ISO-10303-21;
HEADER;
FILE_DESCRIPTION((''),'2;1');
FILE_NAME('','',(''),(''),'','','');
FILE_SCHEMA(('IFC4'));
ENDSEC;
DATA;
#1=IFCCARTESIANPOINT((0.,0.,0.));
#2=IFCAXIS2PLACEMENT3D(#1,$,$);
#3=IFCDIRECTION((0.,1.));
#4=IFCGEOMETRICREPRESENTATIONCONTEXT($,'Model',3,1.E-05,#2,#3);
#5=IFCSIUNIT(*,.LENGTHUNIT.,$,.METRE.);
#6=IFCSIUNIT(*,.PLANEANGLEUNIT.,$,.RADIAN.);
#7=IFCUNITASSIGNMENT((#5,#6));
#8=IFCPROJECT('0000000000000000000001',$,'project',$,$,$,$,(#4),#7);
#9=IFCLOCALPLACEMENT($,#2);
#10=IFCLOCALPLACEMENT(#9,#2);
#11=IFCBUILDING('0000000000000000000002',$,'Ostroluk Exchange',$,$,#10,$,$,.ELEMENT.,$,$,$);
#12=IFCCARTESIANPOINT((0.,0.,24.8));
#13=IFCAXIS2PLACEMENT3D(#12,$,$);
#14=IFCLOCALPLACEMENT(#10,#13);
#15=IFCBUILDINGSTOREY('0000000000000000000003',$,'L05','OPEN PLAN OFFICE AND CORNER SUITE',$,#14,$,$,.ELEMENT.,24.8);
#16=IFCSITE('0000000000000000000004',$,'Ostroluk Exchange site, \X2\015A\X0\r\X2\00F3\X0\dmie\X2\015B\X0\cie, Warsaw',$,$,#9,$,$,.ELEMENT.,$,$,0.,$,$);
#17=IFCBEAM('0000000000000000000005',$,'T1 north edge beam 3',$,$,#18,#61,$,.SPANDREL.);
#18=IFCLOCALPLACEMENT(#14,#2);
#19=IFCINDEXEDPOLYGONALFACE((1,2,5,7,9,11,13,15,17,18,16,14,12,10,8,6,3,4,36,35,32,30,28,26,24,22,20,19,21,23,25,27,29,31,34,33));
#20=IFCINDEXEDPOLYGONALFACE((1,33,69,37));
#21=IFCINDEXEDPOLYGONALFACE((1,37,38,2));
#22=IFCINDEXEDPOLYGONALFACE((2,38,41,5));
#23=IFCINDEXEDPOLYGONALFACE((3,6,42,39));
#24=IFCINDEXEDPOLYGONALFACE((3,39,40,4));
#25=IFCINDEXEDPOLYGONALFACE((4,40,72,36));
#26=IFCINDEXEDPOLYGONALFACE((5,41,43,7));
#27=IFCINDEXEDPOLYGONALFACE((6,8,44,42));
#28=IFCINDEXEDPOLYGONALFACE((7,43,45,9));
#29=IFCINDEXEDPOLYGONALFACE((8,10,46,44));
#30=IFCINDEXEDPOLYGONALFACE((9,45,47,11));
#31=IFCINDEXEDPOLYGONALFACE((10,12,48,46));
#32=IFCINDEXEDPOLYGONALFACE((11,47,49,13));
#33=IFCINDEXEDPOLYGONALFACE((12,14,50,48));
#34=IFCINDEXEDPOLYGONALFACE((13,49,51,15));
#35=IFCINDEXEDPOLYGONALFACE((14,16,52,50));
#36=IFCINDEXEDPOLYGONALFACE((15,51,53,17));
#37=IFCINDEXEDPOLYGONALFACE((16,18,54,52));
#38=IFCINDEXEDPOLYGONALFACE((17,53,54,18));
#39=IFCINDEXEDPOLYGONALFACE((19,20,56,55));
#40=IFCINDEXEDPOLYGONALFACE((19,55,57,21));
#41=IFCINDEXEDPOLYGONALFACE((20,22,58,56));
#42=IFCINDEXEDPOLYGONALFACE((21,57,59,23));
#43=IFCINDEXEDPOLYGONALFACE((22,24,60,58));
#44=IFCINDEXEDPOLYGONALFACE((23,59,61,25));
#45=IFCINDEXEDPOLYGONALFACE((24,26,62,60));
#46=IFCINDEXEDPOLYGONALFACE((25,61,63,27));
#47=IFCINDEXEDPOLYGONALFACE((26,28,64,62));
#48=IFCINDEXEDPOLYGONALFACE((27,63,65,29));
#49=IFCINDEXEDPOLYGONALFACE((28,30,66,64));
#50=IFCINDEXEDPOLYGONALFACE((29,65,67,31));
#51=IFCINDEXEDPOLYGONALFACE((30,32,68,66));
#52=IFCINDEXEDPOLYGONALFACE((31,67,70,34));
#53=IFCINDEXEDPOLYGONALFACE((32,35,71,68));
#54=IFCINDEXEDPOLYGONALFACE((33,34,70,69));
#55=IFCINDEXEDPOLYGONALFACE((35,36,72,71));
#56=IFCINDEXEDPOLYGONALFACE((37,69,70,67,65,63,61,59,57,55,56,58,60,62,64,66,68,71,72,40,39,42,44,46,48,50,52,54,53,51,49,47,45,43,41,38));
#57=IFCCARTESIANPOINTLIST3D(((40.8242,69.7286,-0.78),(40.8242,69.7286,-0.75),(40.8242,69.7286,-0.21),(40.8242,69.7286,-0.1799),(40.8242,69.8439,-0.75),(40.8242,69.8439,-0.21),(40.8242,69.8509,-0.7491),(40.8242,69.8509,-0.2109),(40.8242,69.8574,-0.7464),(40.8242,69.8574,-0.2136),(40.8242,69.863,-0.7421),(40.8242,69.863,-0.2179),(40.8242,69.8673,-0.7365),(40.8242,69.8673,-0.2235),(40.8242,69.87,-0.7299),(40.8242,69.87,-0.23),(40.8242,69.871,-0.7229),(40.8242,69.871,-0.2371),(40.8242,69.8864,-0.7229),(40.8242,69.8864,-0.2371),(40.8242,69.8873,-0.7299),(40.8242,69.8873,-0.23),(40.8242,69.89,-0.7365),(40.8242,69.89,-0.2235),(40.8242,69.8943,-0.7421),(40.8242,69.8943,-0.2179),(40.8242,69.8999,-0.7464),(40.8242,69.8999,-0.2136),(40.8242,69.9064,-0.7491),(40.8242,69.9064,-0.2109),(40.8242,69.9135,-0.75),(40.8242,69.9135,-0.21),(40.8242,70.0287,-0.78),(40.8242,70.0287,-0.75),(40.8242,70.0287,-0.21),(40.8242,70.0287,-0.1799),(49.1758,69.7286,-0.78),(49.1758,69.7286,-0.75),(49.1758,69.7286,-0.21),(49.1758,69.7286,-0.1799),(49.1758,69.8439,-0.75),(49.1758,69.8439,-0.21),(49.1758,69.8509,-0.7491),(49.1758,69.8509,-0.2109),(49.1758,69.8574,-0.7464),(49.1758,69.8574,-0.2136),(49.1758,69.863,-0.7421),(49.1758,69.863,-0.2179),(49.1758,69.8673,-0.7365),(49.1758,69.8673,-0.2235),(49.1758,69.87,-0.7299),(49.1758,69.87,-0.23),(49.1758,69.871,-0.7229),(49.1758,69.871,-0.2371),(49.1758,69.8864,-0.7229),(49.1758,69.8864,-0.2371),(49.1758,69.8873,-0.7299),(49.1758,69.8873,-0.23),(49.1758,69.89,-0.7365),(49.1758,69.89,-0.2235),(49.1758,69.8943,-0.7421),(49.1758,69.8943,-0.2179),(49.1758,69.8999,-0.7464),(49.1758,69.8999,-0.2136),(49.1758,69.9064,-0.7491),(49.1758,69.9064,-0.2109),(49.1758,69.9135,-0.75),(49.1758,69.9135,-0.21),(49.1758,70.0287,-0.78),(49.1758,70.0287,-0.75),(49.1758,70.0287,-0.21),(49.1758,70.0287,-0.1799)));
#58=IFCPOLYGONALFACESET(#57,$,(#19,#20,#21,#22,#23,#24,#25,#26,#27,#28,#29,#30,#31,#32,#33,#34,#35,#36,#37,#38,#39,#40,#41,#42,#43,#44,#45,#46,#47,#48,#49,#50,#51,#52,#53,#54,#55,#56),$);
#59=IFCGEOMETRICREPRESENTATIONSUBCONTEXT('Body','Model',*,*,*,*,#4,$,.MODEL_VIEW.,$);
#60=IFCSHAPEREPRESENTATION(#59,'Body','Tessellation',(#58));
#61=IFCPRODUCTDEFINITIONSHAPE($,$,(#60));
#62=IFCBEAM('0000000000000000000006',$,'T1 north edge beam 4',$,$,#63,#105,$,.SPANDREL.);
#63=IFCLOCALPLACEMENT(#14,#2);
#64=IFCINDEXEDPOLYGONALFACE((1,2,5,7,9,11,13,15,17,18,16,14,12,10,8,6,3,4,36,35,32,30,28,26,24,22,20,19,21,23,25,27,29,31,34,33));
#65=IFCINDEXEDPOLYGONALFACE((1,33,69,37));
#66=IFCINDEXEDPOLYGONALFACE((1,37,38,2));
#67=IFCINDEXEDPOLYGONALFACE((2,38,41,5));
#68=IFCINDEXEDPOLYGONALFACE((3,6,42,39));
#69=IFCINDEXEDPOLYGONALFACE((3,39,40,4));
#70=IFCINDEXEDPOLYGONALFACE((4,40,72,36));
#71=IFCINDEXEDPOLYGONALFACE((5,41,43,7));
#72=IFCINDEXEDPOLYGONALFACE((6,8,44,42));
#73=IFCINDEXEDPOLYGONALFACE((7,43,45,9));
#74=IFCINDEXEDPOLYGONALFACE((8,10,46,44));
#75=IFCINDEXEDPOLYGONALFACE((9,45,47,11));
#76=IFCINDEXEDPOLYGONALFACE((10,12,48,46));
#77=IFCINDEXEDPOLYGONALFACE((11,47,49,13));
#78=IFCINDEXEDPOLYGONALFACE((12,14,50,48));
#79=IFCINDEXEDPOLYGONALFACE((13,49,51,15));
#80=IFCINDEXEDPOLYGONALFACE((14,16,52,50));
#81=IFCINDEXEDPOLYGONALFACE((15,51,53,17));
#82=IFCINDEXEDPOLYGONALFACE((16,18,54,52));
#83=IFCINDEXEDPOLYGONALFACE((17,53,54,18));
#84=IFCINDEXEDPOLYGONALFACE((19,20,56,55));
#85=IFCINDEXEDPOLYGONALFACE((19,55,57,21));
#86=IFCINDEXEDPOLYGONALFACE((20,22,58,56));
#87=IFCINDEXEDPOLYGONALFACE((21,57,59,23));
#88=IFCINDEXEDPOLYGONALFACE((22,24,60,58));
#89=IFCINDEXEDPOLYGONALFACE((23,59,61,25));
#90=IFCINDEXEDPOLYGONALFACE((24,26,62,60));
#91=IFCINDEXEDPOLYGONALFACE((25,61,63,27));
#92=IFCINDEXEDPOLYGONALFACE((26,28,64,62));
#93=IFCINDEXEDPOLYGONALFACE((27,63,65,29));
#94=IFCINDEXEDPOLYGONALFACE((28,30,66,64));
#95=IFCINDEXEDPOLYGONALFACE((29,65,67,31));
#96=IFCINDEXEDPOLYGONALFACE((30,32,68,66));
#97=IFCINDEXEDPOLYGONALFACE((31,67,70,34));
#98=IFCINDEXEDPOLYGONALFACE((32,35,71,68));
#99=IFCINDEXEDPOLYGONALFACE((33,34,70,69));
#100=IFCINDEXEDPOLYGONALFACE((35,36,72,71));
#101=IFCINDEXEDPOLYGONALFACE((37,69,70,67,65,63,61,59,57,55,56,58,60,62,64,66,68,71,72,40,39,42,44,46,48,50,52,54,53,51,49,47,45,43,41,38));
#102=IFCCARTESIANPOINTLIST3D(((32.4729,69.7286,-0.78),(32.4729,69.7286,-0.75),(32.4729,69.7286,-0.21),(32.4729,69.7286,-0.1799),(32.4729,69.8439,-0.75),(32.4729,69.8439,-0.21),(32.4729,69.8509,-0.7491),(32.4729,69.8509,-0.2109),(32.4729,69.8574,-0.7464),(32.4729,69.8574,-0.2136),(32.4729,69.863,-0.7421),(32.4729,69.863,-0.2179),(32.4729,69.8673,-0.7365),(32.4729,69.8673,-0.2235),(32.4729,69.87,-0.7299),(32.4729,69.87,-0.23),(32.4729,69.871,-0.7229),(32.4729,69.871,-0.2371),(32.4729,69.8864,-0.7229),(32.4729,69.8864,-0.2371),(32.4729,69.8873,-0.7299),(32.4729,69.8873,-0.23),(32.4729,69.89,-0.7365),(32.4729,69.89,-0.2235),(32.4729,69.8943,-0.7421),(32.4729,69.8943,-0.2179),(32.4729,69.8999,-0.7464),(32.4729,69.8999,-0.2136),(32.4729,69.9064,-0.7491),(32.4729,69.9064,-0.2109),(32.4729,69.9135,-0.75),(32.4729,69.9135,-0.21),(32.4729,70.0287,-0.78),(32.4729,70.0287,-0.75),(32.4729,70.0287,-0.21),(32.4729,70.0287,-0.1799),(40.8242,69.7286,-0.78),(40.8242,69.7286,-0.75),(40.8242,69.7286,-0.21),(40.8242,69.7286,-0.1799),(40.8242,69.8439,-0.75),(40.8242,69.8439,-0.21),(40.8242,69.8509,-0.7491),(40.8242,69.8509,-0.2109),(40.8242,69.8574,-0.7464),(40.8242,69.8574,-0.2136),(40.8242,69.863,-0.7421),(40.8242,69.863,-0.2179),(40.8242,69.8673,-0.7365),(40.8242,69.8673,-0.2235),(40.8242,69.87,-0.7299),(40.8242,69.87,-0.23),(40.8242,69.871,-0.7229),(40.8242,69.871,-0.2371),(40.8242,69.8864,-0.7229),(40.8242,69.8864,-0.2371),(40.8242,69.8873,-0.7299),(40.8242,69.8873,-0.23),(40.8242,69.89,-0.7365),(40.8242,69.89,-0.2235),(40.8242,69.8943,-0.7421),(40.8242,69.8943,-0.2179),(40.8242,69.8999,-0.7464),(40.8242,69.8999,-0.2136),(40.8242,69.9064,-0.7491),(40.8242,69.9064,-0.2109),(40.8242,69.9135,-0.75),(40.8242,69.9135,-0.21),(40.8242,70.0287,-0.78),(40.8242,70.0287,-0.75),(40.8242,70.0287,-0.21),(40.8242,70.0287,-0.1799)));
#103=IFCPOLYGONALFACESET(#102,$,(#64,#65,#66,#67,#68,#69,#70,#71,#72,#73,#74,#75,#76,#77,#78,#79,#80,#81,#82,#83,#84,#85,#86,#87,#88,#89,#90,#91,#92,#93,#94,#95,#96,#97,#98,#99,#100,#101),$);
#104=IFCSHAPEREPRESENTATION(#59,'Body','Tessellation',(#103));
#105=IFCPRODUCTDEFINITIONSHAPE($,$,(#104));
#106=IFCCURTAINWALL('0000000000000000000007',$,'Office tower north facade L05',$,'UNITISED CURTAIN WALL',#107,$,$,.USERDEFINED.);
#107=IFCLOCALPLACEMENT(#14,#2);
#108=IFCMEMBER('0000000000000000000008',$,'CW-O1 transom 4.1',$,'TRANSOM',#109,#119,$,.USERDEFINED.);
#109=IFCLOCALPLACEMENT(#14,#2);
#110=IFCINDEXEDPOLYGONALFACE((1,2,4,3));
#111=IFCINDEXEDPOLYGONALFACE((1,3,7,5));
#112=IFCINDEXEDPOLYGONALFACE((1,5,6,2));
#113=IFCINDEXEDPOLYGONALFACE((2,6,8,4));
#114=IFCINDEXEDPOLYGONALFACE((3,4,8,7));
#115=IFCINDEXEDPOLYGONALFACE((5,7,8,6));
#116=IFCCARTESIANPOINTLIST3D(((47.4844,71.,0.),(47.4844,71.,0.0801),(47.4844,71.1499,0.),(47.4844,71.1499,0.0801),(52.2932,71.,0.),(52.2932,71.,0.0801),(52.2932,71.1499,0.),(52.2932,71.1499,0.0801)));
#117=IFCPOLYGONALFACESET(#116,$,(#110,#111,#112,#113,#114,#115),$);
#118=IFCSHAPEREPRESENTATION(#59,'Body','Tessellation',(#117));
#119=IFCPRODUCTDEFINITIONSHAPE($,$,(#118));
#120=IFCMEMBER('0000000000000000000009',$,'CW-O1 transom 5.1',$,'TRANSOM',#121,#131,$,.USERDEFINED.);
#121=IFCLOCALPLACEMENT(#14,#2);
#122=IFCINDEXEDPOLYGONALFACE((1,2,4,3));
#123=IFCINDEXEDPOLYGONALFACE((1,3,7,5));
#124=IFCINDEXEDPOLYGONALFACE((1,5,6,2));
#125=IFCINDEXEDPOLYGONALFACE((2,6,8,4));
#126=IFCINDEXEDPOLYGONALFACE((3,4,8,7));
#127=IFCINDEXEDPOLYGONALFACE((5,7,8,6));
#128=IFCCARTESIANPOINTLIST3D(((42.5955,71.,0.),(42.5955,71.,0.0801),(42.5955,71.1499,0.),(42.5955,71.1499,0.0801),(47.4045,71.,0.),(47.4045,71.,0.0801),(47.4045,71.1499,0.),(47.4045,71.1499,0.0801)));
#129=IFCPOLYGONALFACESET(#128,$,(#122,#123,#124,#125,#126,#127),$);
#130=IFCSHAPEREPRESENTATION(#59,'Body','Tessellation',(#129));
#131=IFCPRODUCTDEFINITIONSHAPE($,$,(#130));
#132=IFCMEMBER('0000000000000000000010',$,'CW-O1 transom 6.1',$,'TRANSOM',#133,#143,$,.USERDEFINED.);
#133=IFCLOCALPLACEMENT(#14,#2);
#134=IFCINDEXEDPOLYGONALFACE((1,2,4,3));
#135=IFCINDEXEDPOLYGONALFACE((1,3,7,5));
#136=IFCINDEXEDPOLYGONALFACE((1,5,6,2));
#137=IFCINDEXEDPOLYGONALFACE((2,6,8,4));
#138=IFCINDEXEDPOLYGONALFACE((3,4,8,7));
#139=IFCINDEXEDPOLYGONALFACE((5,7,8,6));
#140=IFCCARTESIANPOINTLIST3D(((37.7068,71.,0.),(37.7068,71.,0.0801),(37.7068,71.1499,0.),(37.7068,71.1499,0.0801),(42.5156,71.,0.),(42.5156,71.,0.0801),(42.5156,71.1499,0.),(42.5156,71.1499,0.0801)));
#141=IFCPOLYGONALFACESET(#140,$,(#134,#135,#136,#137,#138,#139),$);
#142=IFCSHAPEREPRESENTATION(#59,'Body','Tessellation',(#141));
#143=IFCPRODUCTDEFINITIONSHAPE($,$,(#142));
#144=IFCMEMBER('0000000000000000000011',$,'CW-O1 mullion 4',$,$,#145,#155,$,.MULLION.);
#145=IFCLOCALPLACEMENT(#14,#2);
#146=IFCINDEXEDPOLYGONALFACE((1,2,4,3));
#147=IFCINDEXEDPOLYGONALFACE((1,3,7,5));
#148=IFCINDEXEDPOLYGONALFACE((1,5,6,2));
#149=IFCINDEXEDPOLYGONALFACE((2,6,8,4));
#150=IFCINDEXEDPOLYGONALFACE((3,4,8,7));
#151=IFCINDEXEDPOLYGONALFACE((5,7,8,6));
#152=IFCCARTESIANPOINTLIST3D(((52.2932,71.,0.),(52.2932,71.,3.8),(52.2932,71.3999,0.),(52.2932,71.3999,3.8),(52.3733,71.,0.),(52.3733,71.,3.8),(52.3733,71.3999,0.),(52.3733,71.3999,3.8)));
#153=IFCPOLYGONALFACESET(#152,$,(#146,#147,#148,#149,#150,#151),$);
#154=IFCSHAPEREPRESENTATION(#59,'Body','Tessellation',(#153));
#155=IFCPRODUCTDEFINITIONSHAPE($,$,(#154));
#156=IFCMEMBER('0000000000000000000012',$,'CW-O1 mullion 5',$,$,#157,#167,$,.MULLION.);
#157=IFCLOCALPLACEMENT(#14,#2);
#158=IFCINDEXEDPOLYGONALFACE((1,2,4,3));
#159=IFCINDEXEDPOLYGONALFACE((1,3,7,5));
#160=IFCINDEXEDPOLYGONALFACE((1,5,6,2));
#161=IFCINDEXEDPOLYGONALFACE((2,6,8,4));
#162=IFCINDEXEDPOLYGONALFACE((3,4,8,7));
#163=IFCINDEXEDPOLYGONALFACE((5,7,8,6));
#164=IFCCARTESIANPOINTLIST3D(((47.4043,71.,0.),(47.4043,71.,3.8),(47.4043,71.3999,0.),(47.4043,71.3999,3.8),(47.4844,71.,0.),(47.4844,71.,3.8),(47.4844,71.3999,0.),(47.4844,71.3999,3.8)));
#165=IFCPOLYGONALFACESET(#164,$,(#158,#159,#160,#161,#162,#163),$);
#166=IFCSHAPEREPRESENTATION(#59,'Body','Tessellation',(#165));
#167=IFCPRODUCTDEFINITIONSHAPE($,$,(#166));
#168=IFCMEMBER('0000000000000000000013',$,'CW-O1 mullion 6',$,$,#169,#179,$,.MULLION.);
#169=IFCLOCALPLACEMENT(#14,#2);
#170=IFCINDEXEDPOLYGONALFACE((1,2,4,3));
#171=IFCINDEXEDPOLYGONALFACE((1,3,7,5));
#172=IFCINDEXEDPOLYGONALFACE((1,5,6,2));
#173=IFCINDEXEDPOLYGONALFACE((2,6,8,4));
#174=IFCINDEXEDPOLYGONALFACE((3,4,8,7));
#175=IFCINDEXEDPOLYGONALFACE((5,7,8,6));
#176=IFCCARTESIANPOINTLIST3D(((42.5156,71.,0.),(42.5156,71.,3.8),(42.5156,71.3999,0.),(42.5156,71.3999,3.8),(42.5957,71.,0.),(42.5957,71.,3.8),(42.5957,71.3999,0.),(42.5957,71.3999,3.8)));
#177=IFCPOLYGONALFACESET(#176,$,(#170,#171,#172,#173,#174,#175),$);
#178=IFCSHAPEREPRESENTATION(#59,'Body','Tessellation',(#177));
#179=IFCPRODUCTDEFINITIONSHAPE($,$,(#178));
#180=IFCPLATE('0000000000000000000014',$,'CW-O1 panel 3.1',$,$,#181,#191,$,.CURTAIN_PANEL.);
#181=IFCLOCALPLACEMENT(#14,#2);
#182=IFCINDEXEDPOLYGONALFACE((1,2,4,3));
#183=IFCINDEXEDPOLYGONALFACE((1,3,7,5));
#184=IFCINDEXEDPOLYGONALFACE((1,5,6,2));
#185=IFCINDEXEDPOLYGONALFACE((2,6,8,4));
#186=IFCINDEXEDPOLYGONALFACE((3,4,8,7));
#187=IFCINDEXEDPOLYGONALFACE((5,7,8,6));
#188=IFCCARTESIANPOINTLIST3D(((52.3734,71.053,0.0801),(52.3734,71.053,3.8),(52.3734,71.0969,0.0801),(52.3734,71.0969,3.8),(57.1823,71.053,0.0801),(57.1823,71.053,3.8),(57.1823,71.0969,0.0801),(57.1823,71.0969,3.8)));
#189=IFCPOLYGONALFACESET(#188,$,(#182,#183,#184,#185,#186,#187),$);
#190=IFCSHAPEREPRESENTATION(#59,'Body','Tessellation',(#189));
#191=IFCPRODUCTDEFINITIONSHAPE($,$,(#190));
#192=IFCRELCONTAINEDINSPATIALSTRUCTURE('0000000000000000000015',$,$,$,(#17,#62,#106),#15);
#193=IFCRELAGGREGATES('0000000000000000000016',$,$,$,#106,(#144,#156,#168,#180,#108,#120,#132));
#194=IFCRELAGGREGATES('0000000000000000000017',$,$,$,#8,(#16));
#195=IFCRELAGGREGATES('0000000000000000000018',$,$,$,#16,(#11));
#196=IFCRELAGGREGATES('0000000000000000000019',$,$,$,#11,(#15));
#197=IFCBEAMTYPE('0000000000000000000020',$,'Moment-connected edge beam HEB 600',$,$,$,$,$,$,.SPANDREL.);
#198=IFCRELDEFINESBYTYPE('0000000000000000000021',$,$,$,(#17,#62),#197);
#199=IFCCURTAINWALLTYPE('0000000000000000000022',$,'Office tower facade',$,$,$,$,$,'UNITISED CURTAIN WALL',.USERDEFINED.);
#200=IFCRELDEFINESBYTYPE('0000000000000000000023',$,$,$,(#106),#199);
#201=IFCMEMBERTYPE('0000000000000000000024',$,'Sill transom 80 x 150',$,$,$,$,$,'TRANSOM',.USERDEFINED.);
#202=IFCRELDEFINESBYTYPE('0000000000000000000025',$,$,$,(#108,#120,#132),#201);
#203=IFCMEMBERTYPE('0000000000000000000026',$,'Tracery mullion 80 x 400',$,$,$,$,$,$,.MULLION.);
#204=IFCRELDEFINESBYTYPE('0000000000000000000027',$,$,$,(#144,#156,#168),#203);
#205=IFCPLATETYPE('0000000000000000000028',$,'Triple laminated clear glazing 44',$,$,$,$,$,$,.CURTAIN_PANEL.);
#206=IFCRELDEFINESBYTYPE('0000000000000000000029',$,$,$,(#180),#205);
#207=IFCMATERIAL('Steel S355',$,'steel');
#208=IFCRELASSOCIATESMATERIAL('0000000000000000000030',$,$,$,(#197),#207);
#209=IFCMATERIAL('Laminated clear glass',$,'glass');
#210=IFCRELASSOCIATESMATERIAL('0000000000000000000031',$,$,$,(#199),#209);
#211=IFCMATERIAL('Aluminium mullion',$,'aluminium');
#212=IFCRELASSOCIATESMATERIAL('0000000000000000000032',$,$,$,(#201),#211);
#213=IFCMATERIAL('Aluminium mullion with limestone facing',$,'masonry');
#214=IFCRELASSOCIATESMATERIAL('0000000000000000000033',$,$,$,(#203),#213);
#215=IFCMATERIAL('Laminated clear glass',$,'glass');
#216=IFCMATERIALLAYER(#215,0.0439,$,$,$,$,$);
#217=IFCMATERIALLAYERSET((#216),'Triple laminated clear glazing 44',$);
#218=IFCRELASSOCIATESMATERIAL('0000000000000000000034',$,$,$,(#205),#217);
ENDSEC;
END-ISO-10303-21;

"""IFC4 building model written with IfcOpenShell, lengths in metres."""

from ifc_helpers import new_model, si_unit, direction, frame, origin, origin_2d, place, context, subcontext, project, spatial, rectangle, i_section, extrude, material, layer, layer_set, material_profile, profile_set, type_object, element, aggregate, save


model = new_model("IFC4")

# Units and contexts
model_context = context("Model", 3, precision=1e-05, world=origin(), true_north=direction((0.0, 1.0)))
body_context = subcontext(model_context, "Body", "Model", "MODEL_VIEW")
ifc_project = project(units=[si_unit("LENGTHUNIT", "METRE"), si_unit("PLANEANGLEUNIT", "RADIAN")], contexts=[model_context])

# Site, building, storey
site_placement = place(None, origin())
site = spatial("IfcSite", under=ifc_project, at=site_placement, Name="Ostroluk Exchange site, Śródmieście, Warsaw", CompositionType="ELEMENT", RefElevation=0.0)
building_placement = place(site_placement, origin())
building = spatial("IfcBuilding", under=site, at=building_placement, Name="Ostroluk Exchange", CompositionType="ELEMENT")
storey_placement = place(building_placement, frame((0.0, 0.0, 24.8)))
storey = spatial("IfcBuildingStorey", under=building, at=storey_placement, Name="L05", Description="OPEN PLAN OFFICE AND CORNER SUITE", CompositionType="ELEMENT", Elevation=24.8)

# Beams
ifc_material_1 = material(Name="Steel S355", Category="steel")
ifc_material_profile_1 = material_profile(ifc_material_1, i_section(OverallWidth=0.3, OverallDepth=0.6001, WebThickness=0.0154, FlangeThickness=0.03, FilletRadius=0.0271, at=origin_2d()), Name="HEB 600")
ifc_profile_set_1 = profile_set([ifc_material_profile_1], Name="Steel S355")
beam_type_1 = type_object("IfcBeamType", Name="Moment-connected edge beam HEB 600", PredefinedType="SPANDREL", material=ifc_profile_set_1)
beam_1_placement = place(storey_placement, frame((49.1758, 69.8787, -0.48), z_axis=(-1.0, 0.0, 0.0), x_axis=(0.0, -1.0, 0.0)))
element("IfcBeam", 1, at=beam_1_placement, inside=storey, type_object=beam_type_1, Name="T1 north edge beam 3", PredefinedType="SPANDREL", context=body_context, shape_type="SweptSolid", body=[
    extrude(i_section(OverallWidth=0.3, OverallDepth=0.6001, WebThickness=0.0154, FlangeThickness=0.03, FilletRadius=0.0271, at=origin_2d()), origin(), (0.0, 0.0, 1.0), 8.3516),
])
beam_2_placement = place(storey_placement, frame((40.8242, 69.8787, -0.48), z_axis=(-1.0, 0.0, 0.0), x_axis=(0.0, -1.0, 0.0)))
element("IfcBeam", 2, at=beam_2_placement, inside=storey, type_object=beam_type_1, Name="T1 north edge beam 4", PredefinedType="SPANDREL", context=body_context, shape_type="SweptSolid", body=[
    extrude(i_section(OverallWidth=0.3, OverallDepth=0.6001, WebThickness=0.0154, FlangeThickness=0.03, FilletRadius=0.0271, at=origin_2d()), origin(), (0.0, 0.0, 1.0), 8.3513),
])

# Curtain wall, members, plate
ifc_material_2 = material(Name="Laminated clear glass", Category="glass")
curtain_wall_type = type_object("IfcCurtainWallType", Name="Office tower facade", ElementType="UNITISED CURTAIN WALL", PredefinedType="USERDEFINED", material=ifc_material_2)
curtain_wall_placement = place(storey_placement, origin())
curtain_wall = element("IfcCurtainWall", 3, at=curtain_wall_placement, inside=storey, type_object=curtain_wall_type, Name="Office tower north facade L05", ObjectType="UNITISED CURTAIN WALL", PredefinedType="USERDEFINED")
ifc_material_3 = material(Name="Aluminium mullion", Category="aluminium")
ifc_material_profile_2 = material_profile(ifc_material_3, rectangle(XDim=0.1499, YDim=0.0801, at=origin_2d()), Name="Sill transom 80 x 150")
ifc_profile_set_2 = profile_set([ifc_material_profile_2], Name="Aluminium mullion")
member_type_1 = type_object("IfcMemberType", Name="Sill transom 80 x 150", ElementType="TRANSOM", PredefinedType="USERDEFINED", material=ifc_profile_set_2)
member_1_placement = place(storey_placement, frame((52.2932, 71.075, 0.04), z_axis=(-1.0, 0.0, 0.0), x_axis=(0.0, -1.0, 0.0)))
member_1 = element("IfcMember", 4, at=member_1_placement, type_object=member_type_1, Name="CW-O1 transom 4.1", ObjectType="TRANSOM", PredefinedType="USERDEFINED", context=body_context, shape_type="SweptSolid", body=[
    extrude(rectangle(XDim=0.1499, YDim=0.0801, at=origin_2d()), origin(), (0.0, 0.0, 1.0), 4.8088),
])
member_2_placement = place(storey_placement, frame((47.4045, 71.075, 0.04), z_axis=(-1.0, 0.0, 0.0), x_axis=(0.0, -1.0, 0.0)))
member_2 = element("IfcMember", 5, at=member_2_placement, type_object=member_type_1, Name="CW-O1 transom 5.1", ObjectType="TRANSOM", PredefinedType="USERDEFINED", context=body_context, shape_type="SweptSolid", body=[
    extrude(rectangle(XDim=0.1499, YDim=0.0801, at=origin_2d()), origin(), (0.0, 0.0, 1.0), 4.8091),
])
member_3_placement = place(storey_placement, frame((42.5156, 71.075, 0.04), z_axis=(-1.0, 0.0, 0.0), x_axis=(0.0, -1.0, 0.0)))
member_3 = element("IfcMember", 6, at=member_3_placement, type_object=member_type_1, Name="CW-O1 transom 6.1", ObjectType="TRANSOM", PredefinedType="USERDEFINED", context=body_context, shape_type="SweptSolid", body=[
    extrude(rectangle(XDim=0.1499, YDim=0.0801, at=origin_2d()), origin(), (0.0, 0.0, 1.0), 4.8088),
])
ifc_material_4 = material(Name="Aluminium mullion with limestone facing", Category="masonry")
ifc_material_profile_3 = material_profile(ifc_material_4, rectangle(XDim=0.3999, YDim=0.0801, at=origin_2d()), Name="Tracery mullion 80 x 400")
ifc_profile_set_3 = profile_set([ifc_material_profile_3], Name="Aluminium mullion with limestone facing")
member_type_2 = type_object("IfcMemberType", Name="Tracery mullion 80 x 400", PredefinedType="MULLION", material=ifc_profile_set_3)
member_4_placement = place(storey_placement, frame((52.3333, 71.2, 0.0), z_axis=(0.0, 0.0, 1.0), x_axis=(0.0, -1.0, 0.0)))
member_4 = element("IfcMember", 7, at=member_4_placement, type_object=member_type_2, Name="CW-O1 mullion 4", PredefinedType="MULLION", context=body_context, shape_type="SweptSolid", body=[
    extrude(rectangle(XDim=0.3999, YDim=0.0801, at=origin_2d()), origin(), (0.0, 0.0, 1.0), 3.8),
])
member_5_placement = place(storey_placement, frame((47.4443, 71.2, 0.0), z_axis=(0.0, 0.0, 1.0), x_axis=(0.0, -1.0, 0.0)))
member_5 = element("IfcMember", 8, at=member_5_placement, type_object=member_type_2, Name="CW-O1 mullion 5", PredefinedType="MULLION", context=body_context, shape_type="SweptSolid", body=[
    extrude(rectangle(XDim=0.3999, YDim=0.0801, at=origin_2d()), origin(), (0.0, 0.0, 1.0), 3.8),
])
member_6_placement = place(storey_placement, frame((42.5557, 71.2, 0.0), z_axis=(0.0, 0.0, 1.0), x_axis=(0.0, -1.0, 0.0)))
member_6 = element("IfcMember", 9, at=member_6_placement, type_object=member_type_2, Name="CW-O1 mullion 6", PredefinedType="MULLION", context=body_context, shape_type="SweptSolid", body=[
    extrude(rectangle(XDim=0.3999, YDim=0.0801, at=origin_2d()), origin(), (0.0, 0.0, 1.0), 3.8),
])
ifc_material_5 = material(Name="Laminated clear glass", Category="glass")
ifc_layer_1 = layer(ifc_material_5, 0.0439)
ifc_layer_set_1 = layer_set([ifc_layer_1], Name="Triple laminated clear glazing 44")
plate_type = type_object("IfcPlateType", Name="Triple laminated clear glazing 44", PredefinedType="CURTAIN_PANEL", material=ifc_layer_set_1)
plate_1_placement = place(storey_placement, frame((54.7778, 71.075, 0.0801), z_axis=(0.0, 0.0, 1.0), x_axis=(-1.0, 0.0, 0.0)))
plate_1 = element("IfcPlate", 10, at=plate_1_placement, type_object=plate_type, Name="CW-O1 panel 3.1", PredefinedType="CURTAIN_PANEL", context=body_context, shape_type="SweptSolid", body=[
    extrude(rectangle(XDim=4.8088, YDim=0.0439, at=origin_2d()), origin(), (0.0, 0.0, 1.0), 3.72),
])
aggregate(curtain_wall, [member_4, member_5, member_6, plate_1, member_1, member_2, member_3])

save(model, "model.ifc")
